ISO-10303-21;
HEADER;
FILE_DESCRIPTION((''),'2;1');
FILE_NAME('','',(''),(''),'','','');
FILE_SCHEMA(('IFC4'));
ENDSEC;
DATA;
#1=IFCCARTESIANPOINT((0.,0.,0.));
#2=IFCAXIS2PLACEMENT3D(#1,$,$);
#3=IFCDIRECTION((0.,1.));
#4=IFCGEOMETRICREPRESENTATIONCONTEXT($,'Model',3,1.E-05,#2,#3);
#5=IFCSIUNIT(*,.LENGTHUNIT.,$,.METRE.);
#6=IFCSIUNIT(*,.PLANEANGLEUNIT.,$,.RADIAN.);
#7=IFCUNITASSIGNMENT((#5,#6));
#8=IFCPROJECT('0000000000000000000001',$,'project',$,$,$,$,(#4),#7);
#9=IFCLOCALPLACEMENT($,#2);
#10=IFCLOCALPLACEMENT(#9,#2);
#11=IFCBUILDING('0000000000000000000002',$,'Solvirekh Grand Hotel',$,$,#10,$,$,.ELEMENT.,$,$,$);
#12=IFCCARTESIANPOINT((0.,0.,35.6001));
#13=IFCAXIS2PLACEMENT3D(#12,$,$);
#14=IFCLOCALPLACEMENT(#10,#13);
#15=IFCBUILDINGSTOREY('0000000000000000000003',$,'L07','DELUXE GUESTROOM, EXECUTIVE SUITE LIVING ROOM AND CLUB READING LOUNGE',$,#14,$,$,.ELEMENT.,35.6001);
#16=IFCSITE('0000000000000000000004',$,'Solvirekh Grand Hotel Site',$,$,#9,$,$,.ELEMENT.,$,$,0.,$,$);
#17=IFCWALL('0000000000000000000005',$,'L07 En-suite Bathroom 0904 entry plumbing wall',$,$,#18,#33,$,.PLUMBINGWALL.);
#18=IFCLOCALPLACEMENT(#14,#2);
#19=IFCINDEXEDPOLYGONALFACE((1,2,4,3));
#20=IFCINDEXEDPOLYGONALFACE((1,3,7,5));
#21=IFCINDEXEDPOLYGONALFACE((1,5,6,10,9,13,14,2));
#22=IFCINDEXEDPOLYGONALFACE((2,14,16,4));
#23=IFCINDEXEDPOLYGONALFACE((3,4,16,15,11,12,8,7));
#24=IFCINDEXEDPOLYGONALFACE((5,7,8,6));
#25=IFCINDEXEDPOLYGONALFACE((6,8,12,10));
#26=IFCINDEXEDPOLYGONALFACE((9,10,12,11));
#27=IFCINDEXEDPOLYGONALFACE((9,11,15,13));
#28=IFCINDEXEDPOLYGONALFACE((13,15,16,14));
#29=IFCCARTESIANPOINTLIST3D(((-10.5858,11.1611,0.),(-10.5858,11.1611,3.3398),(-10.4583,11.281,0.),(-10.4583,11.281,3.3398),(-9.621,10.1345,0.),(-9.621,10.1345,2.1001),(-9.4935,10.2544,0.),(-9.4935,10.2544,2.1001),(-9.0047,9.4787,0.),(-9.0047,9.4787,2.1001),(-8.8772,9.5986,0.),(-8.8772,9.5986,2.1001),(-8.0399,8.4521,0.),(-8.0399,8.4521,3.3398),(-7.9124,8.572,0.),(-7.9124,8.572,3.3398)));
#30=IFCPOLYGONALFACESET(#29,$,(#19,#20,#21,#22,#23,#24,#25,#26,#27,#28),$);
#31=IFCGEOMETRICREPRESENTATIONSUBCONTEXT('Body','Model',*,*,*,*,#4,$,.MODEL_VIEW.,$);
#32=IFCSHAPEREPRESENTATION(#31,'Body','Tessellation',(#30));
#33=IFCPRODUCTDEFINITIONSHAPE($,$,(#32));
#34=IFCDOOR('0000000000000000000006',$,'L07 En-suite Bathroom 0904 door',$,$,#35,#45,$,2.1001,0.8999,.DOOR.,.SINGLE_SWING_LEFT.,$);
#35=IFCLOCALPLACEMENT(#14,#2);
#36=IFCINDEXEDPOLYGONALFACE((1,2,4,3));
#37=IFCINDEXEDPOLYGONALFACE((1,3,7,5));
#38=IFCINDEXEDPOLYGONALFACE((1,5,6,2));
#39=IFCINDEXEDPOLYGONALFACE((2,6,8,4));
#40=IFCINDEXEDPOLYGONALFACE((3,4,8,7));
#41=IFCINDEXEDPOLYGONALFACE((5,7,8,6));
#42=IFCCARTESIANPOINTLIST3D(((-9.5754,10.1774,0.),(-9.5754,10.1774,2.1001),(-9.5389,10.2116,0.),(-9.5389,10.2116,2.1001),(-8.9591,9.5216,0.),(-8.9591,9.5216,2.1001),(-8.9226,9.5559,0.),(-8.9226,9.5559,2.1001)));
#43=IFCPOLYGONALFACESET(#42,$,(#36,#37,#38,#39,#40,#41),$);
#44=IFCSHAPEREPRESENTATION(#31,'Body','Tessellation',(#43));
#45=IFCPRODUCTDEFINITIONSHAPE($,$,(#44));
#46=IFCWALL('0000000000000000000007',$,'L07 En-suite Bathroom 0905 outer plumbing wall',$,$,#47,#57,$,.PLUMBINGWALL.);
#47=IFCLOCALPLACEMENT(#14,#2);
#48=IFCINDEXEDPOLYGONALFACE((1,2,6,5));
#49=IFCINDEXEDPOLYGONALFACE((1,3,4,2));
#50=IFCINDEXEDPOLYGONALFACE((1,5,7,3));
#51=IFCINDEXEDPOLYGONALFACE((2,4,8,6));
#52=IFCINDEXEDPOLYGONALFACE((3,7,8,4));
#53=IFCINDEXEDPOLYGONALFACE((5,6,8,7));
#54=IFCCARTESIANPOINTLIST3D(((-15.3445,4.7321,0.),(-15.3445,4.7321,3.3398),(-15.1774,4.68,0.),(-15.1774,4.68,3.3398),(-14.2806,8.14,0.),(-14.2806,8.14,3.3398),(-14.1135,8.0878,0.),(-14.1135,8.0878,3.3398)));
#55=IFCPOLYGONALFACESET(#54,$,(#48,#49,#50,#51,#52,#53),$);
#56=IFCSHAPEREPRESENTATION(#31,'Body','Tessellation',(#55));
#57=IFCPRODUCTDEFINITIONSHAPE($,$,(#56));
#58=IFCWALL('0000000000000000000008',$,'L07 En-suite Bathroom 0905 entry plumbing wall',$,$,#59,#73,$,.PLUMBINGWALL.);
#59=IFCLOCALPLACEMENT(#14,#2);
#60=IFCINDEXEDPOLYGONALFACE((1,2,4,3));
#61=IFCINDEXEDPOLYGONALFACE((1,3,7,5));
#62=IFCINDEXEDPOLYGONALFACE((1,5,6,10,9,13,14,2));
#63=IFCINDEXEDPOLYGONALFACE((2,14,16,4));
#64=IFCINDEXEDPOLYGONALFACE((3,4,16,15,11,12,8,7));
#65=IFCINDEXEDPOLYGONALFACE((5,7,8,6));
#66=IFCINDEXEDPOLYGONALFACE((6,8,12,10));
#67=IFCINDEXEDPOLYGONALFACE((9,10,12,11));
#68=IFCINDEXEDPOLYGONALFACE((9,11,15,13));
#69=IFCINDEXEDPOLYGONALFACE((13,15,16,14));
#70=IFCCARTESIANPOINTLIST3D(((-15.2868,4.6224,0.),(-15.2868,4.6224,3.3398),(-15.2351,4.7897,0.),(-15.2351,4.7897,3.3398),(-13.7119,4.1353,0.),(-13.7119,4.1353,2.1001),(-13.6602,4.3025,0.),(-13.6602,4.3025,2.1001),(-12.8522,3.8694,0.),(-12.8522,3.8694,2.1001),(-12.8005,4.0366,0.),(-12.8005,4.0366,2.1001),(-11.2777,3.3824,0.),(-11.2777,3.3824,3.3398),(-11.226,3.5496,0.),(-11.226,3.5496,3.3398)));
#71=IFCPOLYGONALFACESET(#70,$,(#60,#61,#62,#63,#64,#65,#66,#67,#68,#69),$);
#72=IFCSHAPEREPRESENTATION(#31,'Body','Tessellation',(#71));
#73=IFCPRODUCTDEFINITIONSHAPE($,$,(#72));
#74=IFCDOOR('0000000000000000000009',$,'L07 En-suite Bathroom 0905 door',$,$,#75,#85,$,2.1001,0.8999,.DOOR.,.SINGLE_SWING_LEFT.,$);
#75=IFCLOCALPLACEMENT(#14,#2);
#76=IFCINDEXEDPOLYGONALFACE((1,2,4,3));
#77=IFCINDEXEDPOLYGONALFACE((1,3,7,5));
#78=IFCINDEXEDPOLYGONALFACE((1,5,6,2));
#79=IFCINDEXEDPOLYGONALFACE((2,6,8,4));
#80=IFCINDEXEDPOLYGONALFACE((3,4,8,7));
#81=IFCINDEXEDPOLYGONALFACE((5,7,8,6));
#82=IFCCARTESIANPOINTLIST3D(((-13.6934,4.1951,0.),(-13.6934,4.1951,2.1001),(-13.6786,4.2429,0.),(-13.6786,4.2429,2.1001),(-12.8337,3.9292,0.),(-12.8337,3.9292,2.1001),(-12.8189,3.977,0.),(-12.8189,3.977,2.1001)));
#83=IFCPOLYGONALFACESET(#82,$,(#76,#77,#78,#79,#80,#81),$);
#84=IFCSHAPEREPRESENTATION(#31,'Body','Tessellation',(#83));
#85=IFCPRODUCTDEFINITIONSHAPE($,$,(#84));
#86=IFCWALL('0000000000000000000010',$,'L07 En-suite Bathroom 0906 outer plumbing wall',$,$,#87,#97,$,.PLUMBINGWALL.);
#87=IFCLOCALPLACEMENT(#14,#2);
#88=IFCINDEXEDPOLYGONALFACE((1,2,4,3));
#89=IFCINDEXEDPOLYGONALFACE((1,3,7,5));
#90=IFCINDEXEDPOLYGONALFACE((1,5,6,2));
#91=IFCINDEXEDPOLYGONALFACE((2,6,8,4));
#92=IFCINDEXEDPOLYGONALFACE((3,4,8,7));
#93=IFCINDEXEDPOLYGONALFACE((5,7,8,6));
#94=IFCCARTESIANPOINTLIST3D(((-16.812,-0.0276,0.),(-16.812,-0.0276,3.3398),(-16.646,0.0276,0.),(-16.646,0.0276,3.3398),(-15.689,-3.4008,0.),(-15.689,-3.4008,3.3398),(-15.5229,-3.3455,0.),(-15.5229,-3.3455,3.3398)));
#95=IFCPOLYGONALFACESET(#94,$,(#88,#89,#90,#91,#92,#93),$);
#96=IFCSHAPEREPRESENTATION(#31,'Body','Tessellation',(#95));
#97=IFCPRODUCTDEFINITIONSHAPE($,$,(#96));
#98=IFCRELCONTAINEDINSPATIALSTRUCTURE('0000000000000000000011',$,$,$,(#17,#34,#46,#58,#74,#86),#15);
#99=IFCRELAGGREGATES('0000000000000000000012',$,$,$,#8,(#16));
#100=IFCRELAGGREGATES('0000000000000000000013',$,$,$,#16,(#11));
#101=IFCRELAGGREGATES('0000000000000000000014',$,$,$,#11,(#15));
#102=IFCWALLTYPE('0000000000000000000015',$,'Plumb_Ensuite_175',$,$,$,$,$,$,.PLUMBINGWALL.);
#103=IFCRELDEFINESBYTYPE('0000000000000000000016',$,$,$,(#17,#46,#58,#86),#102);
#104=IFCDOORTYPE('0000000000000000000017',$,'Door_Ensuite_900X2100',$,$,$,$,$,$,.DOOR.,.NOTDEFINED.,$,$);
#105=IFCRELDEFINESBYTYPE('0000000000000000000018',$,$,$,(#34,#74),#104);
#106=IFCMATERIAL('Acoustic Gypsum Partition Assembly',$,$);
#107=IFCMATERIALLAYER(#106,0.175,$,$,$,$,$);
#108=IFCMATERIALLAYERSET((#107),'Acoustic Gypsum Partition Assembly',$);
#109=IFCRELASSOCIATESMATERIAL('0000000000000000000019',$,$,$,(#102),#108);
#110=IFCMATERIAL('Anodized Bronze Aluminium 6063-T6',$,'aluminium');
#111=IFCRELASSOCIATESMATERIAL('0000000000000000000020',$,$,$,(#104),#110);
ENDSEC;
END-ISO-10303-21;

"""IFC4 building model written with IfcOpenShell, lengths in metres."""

from ifc_helpers import new_model, si_unit, direction, frame, frame_2d, origin, place, context, subcontext, project, spatial, rectangle, extrude, material, layer, layer_set, type_object, element, fill, save


model = new_model("IFC4")

# Units and contexts
model_context = context("Model", 3, precision=1e-05, world=origin(), true_north=direction((0.0, 1.0)))
body_context = subcontext(model_context, "Body", "Model", "MODEL_VIEW")
ifc_project = project(units=[si_unit("LENGTHUNIT", "METRE"), si_unit("PLANEANGLEUNIT", "RADIAN")], contexts=[model_context])

# Site, building, storey
site_placement = place(None, origin())
site = spatial("IfcSite", under=ifc_project, at=site_placement, Name="Solvirekh Grand Hotel Site", CompositionType="ELEMENT", RefElevation=0.0)
building_placement = place(site_placement, origin())
building = spatial("IfcBuilding", under=site, at=building_placement, Name="Solvirekh Grand Hotel", CompositionType="ELEMENT")
storey_placement = place(building_placement, frame((0.0, 0.0, 35.6001)))
storey = spatial("IfcBuildingStorey", under=building, at=storey_placement, Name="L07", Description="DELUXE GUESTROOM, EXECUTIVE SUITE LIVING ROOM AND CLUB READING LOUNGE", CompositionType="ELEMENT", Elevation=35.6001)

# Shared definitions
ifc_material_1 = material(Name="Anodized Bronze Aluminium 6063-T6", Category="aluminium")

# Shared definitions
ifc_material_2 = material(Name="Acoustic Gypsum Partition Assembly")

# Wall, opening, door
ifc_layer_1 = layer(ifc_material_2, 0.175)
ifc_layer_set_1 = layer_set([ifc_layer_1], Name="Acoustic Gypsum Partition Assembly")
wall_type_1 = type_object("IfcWallType", Name="Plumb_Ensuite_175", PredefinedType="PLUMBINGWALL", material=ifc_layer_set_1)
wall_1_placement = place(storey_placement, frame((-7.9761, 8.512, 0.0), z_axis=(0.0, 0.0, 1.0), x_axis=(-0.684832, 0.728701, 0.0)))
wall_1 = element("IfcWall", 1, at=wall_1_placement, inside=storey, type_object=wall_type_1, Name="L07 En-suite Bathroom 0904 entry plumbing wall", PredefinedType="PLUMBINGWALL", context=body_context, shape_type="SweptSolid", body=[
    extrude(rectangle(XDim=3.7175, YDim=0.175, at=frame_2d((1.8589, 0.0))), origin(), (0.0, 0.0, 1.0), 3.3398),
])
opening_1_placement = place(wall_1_placement, frame((1.4089, 0.0, 0.0)))
opening_1 = element("IfcOpeningElement", 2, at=opening_1_placement, cuts=wall_1, PredefinedType="OPENING", context=body_context, shape_type="SweptSolid", body=[
    extrude(rectangle(XDim=0.8999, YDim=2.1001, at=frame_2d((0.45, 1.05))), frame((0.0, 0.0977, 0.0), z_axis=(0.0, -1.0, 0.0), x_axis=(1.0, 0.0, 0.0)), (0.0, 0.0, 1.0), 0.1951),
])
door_type_1 = type_object("IfcDoorType", Name="Door_Ensuite_900X2100", OperationType="NOTDEFINED", PredefinedType="DOOR", material=ifc_material_1)
door_1_placement = place(opening_1_placement, origin())
door_1 = element("IfcDoor", 3, at=door_1_placement, inside=storey, type_object=door_type_1, Name="L07 En-suite Bathroom 0904 door", OperationType="SINGLE_SWING_LEFT", OverallHeight=2.1001, OverallWidth=0.8999, PredefinedType="DOOR", context=body_context, shape_type="SweptSolid", body=[
    extrude(rectangle(XDim=0.8999, YDim=2.1001, at=frame_2d((0.45, 1.05))), frame((0.0, 0.0249, 0.0), z_axis=(0.0, -1.0, 0.0), x_axis=(1.0, 0.0, 0.0)), (0.0, 0.0, 1.0), 0.05),
])
fill(opening_1, door_1)

# Wall
wall_2_placement = place(storey_placement, frame((-14.197, 8.114, 0.0), z_axis=(0.0, 0.0, 1.0), x_axis=(-0.298014, -0.954561, 0.0)))
element("IfcWall", 4, at=wall_2_placement, inside=storey, type_object=wall_type_1, Name="L07 En-suite Bathroom 0905 outer plumbing wall", PredefinedType="PLUMBINGWALL", context=body_context, shape_type="SweptSolid", body=[
    extrude(rectangle(XDim=3.5701, YDim=0.175, at=frame_2d((1.7852, 0.0))), origin(), (0.0, 0.0, 1.0), 3.3398),
])

# Wall, opening, door
wall_3_placement = place(storey_placement, frame((-11.252, 3.4661, 0.0), z_axis=(0.0, 0.0, 1.0), x_axis=(-0.955347, 0.295488, 0.0)))
wall_3 = element("IfcWall", 5, at=wall_3_placement, inside=storey, type_object=wall_type_1, Name="L07 En-suite Bathroom 0905 entry plumbing wall", PredefinedType="PLUMBINGWALL", context=body_context, shape_type="SweptSolid", body=[
    extrude(rectangle(XDim=4.1965, YDim=0.175, at=frame_2d((2.0981, 0.0))), origin(), (0.0, 0.0, 1.0), 3.3398),
])
opening_2_placement = place(wall_3_placement, frame((1.6479, 0.0, 0.0)))
opening_2 = element("IfcOpeningElement", 6, at=opening_2_placement, cuts=wall_3, PredefinedType="OPENING", context=body_context, shape_type="SweptSolid", body=[
    extrude(rectangle(XDim=0.8999, YDim=2.1001, at=frame_2d((0.45, 1.05))), frame((0.0, 0.0977, 0.0), z_axis=(0.0, -1.0, 0.0), x_axis=(1.0, 0.0, 0.0)), (0.0, 0.0, 1.0), 0.1951),
])
door_2_placement = place(opening_2_placement, origin())
door_2 = element("IfcDoor", 7, at=door_2_placement, inside=storey, type_object=door_type_1, Name="L07 En-suite Bathroom 0905 door", OperationType="SINGLE_SWING_LEFT", OverallHeight=2.1001, OverallWidth=0.8999, PredefinedType="DOOR", context=body_context, shape_type="SweptSolid", body=[
    extrude(rectangle(XDim=0.8999, YDim=2.1001, at=frame_2d((0.45, 1.05))), frame((0.0, 0.0249, 0.0), z_axis=(0.0, -1.0, 0.0), x_axis=(1.0, 0.0, 0.0)), (0.0, 0.0, 1.0), 0.05),
])
fill(opening_2, door_2)

# Wall
wall_4_placement = place(storey_placement, frame((-16.729, 0.0, 0.0), z_axis=(0.0, 0.0, 1.0), x_axis=(0.315898, -0.948793, 0.0)))
element("IfcWall", 8, at=wall_4_placement, inside=storey, type_object=wall_type_1, Name="L07 En-suite Bathroom 0906 outer plumbing wall", PredefinedType="PLUMBINGWALL", context=body_context, shape_type="SweptSolid", body=[
    extrude(rectangle(XDim=3.5552, YDim=0.175, at=frame_2d((1.7776, 0.0))), origin(), (0.0, 0.0, 1.0), 3.3398),
])

save(model, "model.ifc")
